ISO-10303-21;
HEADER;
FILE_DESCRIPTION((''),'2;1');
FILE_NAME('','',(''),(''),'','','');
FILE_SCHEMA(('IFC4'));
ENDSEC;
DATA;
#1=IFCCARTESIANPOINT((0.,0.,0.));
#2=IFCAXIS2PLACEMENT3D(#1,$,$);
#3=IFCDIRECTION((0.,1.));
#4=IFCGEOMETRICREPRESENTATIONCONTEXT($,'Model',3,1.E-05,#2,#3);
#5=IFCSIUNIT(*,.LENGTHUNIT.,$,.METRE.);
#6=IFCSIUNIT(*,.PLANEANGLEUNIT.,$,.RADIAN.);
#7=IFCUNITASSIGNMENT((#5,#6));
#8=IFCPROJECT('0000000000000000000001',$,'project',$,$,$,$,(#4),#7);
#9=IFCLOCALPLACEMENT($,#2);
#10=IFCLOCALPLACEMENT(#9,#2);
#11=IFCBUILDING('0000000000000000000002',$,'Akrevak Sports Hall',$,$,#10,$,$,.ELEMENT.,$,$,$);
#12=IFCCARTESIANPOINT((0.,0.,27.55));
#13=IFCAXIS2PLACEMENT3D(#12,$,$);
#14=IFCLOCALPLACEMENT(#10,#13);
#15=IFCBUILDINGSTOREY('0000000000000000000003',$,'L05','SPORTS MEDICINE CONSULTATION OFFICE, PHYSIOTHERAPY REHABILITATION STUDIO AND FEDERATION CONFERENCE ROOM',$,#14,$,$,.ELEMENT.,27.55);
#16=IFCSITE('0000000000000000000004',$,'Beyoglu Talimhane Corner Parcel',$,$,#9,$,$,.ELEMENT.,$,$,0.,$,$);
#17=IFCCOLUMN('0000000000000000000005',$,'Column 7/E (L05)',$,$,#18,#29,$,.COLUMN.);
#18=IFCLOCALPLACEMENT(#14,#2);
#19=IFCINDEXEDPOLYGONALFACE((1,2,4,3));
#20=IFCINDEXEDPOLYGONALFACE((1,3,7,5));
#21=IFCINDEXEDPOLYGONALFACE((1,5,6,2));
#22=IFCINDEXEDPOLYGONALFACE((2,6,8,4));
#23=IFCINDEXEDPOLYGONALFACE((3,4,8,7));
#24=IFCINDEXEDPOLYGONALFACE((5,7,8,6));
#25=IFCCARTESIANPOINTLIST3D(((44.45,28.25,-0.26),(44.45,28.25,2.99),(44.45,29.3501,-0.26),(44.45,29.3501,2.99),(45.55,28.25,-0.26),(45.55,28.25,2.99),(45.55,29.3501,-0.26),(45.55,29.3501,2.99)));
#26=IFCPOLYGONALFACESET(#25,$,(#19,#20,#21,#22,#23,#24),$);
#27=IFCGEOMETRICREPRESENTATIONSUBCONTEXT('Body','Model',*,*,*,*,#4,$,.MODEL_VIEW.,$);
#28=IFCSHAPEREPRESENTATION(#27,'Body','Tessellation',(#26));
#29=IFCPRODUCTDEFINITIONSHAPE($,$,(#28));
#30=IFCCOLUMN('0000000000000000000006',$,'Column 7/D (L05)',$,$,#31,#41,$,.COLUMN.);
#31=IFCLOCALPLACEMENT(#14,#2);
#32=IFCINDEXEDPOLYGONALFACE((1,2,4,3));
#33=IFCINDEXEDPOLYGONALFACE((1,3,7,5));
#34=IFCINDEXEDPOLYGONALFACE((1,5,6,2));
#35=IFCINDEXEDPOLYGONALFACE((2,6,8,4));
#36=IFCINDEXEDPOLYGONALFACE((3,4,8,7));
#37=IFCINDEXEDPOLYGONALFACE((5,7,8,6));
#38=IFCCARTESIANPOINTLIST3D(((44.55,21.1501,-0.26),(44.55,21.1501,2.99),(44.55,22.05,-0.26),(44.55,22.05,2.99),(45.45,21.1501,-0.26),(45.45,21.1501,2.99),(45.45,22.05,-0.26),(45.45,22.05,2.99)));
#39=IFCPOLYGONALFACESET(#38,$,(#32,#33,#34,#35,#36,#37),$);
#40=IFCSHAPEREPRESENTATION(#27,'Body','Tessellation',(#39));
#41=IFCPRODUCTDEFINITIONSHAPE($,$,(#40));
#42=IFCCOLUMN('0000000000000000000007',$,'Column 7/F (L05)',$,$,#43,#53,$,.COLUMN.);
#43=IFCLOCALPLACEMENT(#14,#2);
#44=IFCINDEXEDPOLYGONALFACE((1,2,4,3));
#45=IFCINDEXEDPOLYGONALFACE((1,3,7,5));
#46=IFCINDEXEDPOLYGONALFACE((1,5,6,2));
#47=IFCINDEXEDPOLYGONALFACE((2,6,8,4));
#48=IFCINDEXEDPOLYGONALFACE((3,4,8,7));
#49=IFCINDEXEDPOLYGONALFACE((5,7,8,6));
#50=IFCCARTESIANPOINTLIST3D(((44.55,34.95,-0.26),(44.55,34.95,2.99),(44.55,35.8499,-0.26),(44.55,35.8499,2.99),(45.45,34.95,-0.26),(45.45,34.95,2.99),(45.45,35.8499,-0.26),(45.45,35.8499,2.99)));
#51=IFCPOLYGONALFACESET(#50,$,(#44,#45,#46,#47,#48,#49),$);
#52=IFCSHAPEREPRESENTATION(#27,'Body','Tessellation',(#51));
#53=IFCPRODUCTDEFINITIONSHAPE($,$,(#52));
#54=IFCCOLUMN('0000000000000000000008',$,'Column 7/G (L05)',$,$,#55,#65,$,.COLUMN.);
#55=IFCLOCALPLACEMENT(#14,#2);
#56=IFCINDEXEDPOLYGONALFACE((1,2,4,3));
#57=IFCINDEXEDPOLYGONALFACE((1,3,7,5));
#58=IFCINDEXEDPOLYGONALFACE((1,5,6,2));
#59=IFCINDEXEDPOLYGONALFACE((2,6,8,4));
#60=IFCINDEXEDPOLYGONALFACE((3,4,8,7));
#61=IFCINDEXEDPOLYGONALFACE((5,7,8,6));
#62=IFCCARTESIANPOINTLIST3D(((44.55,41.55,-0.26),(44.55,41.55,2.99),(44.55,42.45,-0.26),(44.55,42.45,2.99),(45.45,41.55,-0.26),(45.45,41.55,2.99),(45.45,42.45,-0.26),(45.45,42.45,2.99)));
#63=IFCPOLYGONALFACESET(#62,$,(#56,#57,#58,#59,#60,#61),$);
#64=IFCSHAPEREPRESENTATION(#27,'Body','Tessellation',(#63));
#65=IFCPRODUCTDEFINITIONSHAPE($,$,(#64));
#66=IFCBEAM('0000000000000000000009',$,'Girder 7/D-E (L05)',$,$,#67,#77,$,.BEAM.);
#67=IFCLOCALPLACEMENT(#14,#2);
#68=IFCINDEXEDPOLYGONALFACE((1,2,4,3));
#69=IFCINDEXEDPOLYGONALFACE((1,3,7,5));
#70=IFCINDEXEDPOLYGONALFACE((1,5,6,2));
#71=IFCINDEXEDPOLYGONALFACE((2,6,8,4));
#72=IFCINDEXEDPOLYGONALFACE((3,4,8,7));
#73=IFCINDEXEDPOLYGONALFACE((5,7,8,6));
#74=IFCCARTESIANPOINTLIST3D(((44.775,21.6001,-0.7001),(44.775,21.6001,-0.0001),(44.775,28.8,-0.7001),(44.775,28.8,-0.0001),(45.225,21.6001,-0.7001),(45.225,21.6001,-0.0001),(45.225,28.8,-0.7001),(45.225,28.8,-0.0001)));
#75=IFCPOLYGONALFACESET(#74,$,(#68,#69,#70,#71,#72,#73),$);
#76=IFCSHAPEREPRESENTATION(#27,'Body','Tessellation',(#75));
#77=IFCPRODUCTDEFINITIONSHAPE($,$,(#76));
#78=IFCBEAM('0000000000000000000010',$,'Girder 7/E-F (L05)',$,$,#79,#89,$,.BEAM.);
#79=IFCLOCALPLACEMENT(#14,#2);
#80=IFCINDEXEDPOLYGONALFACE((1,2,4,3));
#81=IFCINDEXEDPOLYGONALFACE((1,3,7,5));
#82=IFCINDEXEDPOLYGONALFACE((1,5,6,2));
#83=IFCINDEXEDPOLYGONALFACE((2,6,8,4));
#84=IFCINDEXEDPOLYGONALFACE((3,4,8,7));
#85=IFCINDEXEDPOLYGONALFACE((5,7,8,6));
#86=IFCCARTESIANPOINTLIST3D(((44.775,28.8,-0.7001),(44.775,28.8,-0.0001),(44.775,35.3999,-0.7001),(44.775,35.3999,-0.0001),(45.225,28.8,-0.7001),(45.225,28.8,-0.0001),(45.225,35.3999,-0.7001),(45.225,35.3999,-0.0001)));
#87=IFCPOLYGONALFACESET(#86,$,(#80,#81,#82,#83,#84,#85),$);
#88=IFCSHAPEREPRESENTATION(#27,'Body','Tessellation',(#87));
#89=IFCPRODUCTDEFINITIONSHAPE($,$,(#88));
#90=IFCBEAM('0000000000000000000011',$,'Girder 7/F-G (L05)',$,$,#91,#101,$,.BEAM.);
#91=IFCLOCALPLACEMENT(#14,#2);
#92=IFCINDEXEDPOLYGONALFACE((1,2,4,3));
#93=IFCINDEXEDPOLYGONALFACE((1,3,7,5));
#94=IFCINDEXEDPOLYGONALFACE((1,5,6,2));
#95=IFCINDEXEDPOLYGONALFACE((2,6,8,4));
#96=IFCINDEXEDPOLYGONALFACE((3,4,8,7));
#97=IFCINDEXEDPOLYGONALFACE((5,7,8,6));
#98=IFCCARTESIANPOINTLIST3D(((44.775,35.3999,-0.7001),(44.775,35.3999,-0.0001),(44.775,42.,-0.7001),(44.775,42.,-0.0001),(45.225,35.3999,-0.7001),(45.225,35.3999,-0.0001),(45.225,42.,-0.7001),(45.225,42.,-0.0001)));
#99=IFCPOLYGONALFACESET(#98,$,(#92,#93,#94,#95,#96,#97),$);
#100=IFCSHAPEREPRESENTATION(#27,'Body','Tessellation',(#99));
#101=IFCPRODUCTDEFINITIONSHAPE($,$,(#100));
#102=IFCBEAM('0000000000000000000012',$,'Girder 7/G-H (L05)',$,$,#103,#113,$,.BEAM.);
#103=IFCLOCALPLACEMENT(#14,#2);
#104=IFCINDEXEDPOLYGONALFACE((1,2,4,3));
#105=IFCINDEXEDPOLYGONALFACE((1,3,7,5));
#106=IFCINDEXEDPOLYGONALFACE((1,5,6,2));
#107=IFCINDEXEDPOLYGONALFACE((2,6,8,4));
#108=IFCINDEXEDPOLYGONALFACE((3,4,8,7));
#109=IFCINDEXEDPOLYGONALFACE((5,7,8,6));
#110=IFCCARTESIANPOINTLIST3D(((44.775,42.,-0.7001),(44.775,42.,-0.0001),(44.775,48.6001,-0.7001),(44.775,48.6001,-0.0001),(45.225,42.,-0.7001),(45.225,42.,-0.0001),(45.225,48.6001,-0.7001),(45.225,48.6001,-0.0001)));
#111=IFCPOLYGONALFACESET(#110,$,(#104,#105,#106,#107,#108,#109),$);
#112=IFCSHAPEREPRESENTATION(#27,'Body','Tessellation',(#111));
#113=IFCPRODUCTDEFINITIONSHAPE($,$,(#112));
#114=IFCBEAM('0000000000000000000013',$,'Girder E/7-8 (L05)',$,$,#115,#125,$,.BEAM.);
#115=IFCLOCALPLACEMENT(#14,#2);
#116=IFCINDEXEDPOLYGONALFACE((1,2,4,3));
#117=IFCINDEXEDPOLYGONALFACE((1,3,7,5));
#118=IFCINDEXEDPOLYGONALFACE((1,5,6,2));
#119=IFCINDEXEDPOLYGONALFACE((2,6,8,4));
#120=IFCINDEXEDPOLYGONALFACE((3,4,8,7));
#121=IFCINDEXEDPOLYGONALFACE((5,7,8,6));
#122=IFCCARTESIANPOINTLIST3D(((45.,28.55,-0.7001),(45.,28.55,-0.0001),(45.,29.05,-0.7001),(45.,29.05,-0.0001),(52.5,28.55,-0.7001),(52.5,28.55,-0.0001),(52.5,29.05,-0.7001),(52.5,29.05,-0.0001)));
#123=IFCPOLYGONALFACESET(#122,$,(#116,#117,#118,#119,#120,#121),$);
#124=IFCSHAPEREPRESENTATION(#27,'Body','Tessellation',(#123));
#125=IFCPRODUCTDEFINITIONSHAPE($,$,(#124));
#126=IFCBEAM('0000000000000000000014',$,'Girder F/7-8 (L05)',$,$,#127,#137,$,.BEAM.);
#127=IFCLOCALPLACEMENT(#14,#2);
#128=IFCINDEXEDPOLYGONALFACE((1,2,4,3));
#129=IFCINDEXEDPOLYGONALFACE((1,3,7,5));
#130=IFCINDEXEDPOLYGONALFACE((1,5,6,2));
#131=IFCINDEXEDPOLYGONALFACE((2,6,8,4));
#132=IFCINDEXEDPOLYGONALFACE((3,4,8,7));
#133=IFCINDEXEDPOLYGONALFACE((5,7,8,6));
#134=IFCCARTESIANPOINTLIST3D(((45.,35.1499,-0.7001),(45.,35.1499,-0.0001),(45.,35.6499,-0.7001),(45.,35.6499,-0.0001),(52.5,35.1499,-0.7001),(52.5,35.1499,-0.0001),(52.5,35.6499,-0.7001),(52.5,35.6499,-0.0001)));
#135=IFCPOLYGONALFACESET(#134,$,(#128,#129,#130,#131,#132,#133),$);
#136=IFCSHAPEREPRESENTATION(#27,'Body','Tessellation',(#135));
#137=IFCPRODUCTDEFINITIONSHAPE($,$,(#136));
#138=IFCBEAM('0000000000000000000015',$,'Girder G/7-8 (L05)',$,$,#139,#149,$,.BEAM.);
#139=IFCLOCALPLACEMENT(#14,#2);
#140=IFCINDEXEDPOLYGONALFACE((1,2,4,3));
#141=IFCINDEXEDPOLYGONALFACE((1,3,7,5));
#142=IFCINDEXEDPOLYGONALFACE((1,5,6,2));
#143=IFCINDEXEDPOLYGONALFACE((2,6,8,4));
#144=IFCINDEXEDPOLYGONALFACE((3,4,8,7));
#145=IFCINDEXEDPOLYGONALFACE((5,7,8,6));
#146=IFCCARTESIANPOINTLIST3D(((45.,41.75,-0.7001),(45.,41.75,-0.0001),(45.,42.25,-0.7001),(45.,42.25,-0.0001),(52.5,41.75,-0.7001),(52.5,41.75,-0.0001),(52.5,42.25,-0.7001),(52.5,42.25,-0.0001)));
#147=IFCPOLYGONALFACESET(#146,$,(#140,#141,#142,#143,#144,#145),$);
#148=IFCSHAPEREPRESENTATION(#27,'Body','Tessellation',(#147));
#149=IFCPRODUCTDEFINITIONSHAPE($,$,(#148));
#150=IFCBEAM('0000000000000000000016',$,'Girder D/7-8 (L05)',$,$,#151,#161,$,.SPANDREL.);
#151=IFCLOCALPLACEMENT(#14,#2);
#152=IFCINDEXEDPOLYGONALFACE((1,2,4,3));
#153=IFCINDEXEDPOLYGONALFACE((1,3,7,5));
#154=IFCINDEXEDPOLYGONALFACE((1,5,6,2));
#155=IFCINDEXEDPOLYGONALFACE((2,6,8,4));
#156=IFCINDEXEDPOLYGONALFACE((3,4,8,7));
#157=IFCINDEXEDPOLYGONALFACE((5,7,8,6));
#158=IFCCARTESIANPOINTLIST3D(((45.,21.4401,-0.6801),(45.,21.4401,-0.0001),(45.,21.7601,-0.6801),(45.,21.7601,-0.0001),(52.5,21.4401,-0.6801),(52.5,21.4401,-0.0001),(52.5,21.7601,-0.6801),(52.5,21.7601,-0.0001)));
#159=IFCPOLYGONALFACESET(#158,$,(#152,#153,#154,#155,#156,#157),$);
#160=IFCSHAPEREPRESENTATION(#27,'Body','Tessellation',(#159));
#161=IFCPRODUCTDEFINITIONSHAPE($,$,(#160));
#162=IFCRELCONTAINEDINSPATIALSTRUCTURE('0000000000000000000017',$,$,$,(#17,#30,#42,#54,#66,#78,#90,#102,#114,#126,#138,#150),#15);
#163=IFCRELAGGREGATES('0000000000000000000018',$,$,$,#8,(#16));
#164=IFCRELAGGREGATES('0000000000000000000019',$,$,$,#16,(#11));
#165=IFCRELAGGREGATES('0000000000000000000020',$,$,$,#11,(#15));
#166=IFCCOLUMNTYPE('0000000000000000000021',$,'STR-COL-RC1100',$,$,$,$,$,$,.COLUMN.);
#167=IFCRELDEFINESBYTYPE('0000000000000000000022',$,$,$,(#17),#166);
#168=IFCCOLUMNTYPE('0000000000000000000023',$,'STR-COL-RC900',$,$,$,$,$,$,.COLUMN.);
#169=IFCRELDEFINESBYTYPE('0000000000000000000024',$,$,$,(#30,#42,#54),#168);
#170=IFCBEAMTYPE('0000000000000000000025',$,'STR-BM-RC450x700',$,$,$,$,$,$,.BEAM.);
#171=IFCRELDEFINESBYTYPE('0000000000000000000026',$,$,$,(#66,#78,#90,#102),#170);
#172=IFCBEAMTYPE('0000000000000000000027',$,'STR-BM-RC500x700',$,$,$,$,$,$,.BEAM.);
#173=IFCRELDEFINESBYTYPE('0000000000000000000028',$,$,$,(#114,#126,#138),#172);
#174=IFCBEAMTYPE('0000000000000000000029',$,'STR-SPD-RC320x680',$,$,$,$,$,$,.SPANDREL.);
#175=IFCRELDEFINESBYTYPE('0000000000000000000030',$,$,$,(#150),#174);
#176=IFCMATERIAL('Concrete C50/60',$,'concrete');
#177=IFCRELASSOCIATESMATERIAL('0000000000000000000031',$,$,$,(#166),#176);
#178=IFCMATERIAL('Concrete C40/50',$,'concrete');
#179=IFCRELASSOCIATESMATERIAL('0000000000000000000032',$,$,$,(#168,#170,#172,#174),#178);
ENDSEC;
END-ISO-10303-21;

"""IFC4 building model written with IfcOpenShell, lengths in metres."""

from ifc_helpers import new_model, si_unit, direction, frame, origin, origin_2d, place, context, subcontext, project, spatial, rectangle, extrude, material, material_profile, profile_set, type_object, element, save


model = new_model("IFC4")

# Units and contexts
model_context = context("Model", 3, precision=1e-05, world=origin(), true_north=direction((0.0, 1.0)))
body_context = subcontext(model_context, "Body", "Model", "MODEL_VIEW")
ifc_project = project(units=[si_unit("LENGTHUNIT", "METRE"), si_unit("PLANEANGLEUNIT", "RADIAN")], contexts=[model_context])

# Site, building, storey
site_placement = place(None, origin())
site = spatial("IfcSite", under=ifc_project, at=site_placement, Name="Beyoglu Talimhane Corner Parcel", CompositionType="ELEMENT", RefElevation=0.0)
building_placement = place(site_placement, origin())
building = spatial("IfcBuilding", under=site, at=building_placement, Name="Akrevak Sports Hall", CompositionType="ELEMENT")
storey_placement = place(building_placement, frame((0.0, 0.0, 27.55)))
storey = spatial("IfcBuildingStorey", under=building, at=storey_placement, Name="L05", Description="SPORTS MEDICINE CONSULTATION OFFICE, PHYSIOTHERAPY REHABILITATION STUDIO AND FEDERATION CONFERENCE ROOM", CompositionType="ELEMENT", Elevation=27.55)

# Columns
ifc_material_1 = material(Name="Concrete C50/60", Category="concrete")
ifc_material_profile_1 = material_profile(ifc_material_1, rectangle(XDim=1.1001, YDim=1.1001, at=origin_2d()), Name="RC 1100x1100", Category="concrete")
ifc_profile_set_1 = profile_set([ifc_material_profile_1], Name="Concrete C50/60")
column_type_1 = type_object("IfcColumnType", Name="STR-COL-RC1100", PredefinedType="COLUMN", material=ifc_profile_set_1)
column_placement = place(storey_placement, frame((45.0, 28.8, -0.26), z_axis=(0.0, 0.0, 1.0), x_axis=(1.0, 0.0, 0.0)))
element("IfcColumn", 1, at=column_placement, inside=storey, type_object=column_type_1, Name="Column 7/E (L05)", PredefinedType="COLUMN", context=body_context, shape_type="SweptSolid", body=[
    extrude(rectangle(XDim=1.1001, YDim=1.1001, at=origin_2d()), origin(), (0.0, 0.0, 1.0), 3.25),
])
ifc_material_2 = material(Name="Concrete C40/50", Category="concrete")
ifc_material_profile_2 = material_profile(ifc_material_2, rectangle(XDim=0.8999, YDim=0.8999, at=origin_2d()), Name="RC 900x900", Category="concrete")
ifc_profile_set_2 = profile_set([ifc_material_profile_2], Name="Concrete C40/50")
column_type_2 = type_object("IfcColumnType", Name="STR-COL-RC900", PredefinedType="COLUMN", material=ifc_profile_set_2)
for number, where, z_axis, x_axis, name in (
    (2, (45.0, 21.6001, -0.26), (0.0, 0.0, 1.0), (1.0, 0.0, 0.0), "Column 7/D (L05)"),
    (3, (45.0, 35.3999, -0.26), (0.0, 0.0, 1.0), (1.0, 0.0, 0.0), "Column 7/F (L05)"),
    (4, (45.0, 42.0, -0.26), (0.0, 0.0, 1.0), (1.0, 0.0, 0.0), "Column 7/G (L05)"),
):
    element("IfcColumn", number, at=place(storey_placement, frame(where, z_axis=z_axis, x_axis=x_axis)), inside=storey, type_object=column_type_2, Name=name, PredefinedType="COLUMN", context=body_context, shape_type="SweptSolid", body=[
        extrude(rectangle(XDim=0.8999, YDim=0.8999, at=origin_2d()), origin(), (0.0, 0.0, 1.0), 3.25),
    ])

# Beams
ifc_material_profile_3 = material_profile(ifc_material_2, rectangle(XDim=0.45, YDim=0.7, at=origin_2d()), Name="BM 450x700", Category="concrete")
ifc_profile_set_3 = profile_set([ifc_material_profile_3], Name="Concrete C40/50")
beam_type_1 = type_object("IfcBeamType", Name="STR-BM-RC450x700", PredefinedType="BEAM", material=ifc_profile_set_3)
beam_1_placement = place(storey_placement, frame((45.0, 21.6001, -0.3501), z_axis=(0.0, 1.0, 0.0), x_axis=(-1.0, 0.0, 0.0)))
element("IfcBeam", 5, at=beam_1_placement, inside=storey, type_object=beam_type_1, Name="Girder 7/D-E (L05)", PredefinedType="BEAM", context=body_context, shape_type="SweptSolid", body=[
    extrude(rectangle(XDim=0.45, YDim=0.7, at=origin_2d()), origin(), (0.0, 0.0, 1.0), 7.2),
])
beam_2_placement = place(storey_placement, frame((45.0, 28.8, -0.3501), z_axis=(0.0, 1.0, 0.0), x_axis=(-1.0, 0.0, 0.0)))
element("IfcBeam", 6, at=beam_2_placement, inside=storey, type_object=beam_type_1, Name="Girder 7/E-F (L05)", PredefinedType="BEAM", context=body_context, shape_type="SweptSolid", body=[
    extrude(rectangle(XDim=0.45, YDim=0.7, at=origin_2d()), origin(), (0.0, 0.0, 1.0), 6.5999),
])
for number, where, z_axis, x_axis, name in (
    (7, (45.0, 35.3999, -0.3501), (0.0, 1.0, 0.0), (-1.0, 0.0, 0.0), "Girder 7/F-G (L05)"),
    (8, (45.0, 42.0, -0.3501), (0.0, 1.0, 0.0), (-1.0, 0.0, 0.0), "Girder 7/G-H (L05)"),
):
    element("IfcBeam", number, at=place(storey_placement, frame(where, z_axis=z_axis, x_axis=x_axis)), inside=storey, type_object=beam_type_1, Name=name, PredefinedType="BEAM", context=body_context, shape_type="SweptSolid", body=[
        extrude(rectangle(XDim=0.45, YDim=0.7, at=origin_2d()), origin(), (0.0, 0.0, 1.0), 6.6001),
    ])
ifc_material_profile_4 = material_profile(ifc_material_2, rectangle(XDim=0.5, YDim=0.7, at=origin_2d()), Name="BM 500x700", Category="concrete")
ifc_profile_set_4 = profile_set([ifc_material_profile_4], Name="Concrete C40/50")
beam_type_2 = type_object("IfcBeamType", Name="STR-BM-RC500x700", PredefinedType="BEAM", material=ifc_profile_set_4)
for number, where, z_axis, x_axis, name in (
    (9, (45.0, 28.8, -0.3501), (1.0, 0.0, 0.0), (0.0, 1.0, 0.0), "Girder E/7-8 (L05)"),
    (10, (45.0, 35.3999, -0.3501), (1.0, 0.0, 0.0), (0.0, 1.0, 0.0), "Girder F/7-8 (L05)"),
    (11, (45.0, 42.0, -0.3501), (1.0, 0.0, 0.0), (0.0, 1.0, 0.0), "Girder G/7-8 (L05)"),
):
    element("IfcBeam", number, at=place(storey_placement, frame(where, z_axis=z_axis, x_axis=x_axis)), inside=storey, type_object=beam_type_2, Name=name, PredefinedType="BEAM", context=body_context, shape_type="SweptSolid", body=[
        extrude(rectangle(XDim=0.5, YDim=0.7, at=origin_2d()), origin(), (0.0, 0.0, 1.0), 7.5),
    ])
ifc_material_profile_5 = material_profile(ifc_material_2, rectangle(XDim=0.3201, YDim=0.6799, at=origin_2d()), Name="SPD 320x680", Category="concrete")
ifc_profile_set_5 = profile_set([ifc_material_profile_5], Name="Concrete C40/50")
beam_type_3 = type_object("IfcBeamType", Name="STR-SPD-RC320x680", PredefinedType="SPANDREL", material=ifc_profile_set_5)
beam_3_placement = place(storey_placement, frame((45.0, 21.6001, -0.3401), z_axis=(1.0, 0.0, 0.0), x_axis=(0.0, 1.0, 0.0)))
element("IfcBeam", 12, at=beam_3_placement, inside=storey, type_object=beam_type_3, Name="Girder D/7-8 (L05)", PredefinedType="SPANDREL", context=body_context, shape_type="SweptSolid", body=[
    extrude(rectangle(XDim=0.3201, YDim=0.6799, at=origin_2d()), origin(), (0.0, 0.0, 1.0), 7.5),
])

save(model, "model.ifc")
